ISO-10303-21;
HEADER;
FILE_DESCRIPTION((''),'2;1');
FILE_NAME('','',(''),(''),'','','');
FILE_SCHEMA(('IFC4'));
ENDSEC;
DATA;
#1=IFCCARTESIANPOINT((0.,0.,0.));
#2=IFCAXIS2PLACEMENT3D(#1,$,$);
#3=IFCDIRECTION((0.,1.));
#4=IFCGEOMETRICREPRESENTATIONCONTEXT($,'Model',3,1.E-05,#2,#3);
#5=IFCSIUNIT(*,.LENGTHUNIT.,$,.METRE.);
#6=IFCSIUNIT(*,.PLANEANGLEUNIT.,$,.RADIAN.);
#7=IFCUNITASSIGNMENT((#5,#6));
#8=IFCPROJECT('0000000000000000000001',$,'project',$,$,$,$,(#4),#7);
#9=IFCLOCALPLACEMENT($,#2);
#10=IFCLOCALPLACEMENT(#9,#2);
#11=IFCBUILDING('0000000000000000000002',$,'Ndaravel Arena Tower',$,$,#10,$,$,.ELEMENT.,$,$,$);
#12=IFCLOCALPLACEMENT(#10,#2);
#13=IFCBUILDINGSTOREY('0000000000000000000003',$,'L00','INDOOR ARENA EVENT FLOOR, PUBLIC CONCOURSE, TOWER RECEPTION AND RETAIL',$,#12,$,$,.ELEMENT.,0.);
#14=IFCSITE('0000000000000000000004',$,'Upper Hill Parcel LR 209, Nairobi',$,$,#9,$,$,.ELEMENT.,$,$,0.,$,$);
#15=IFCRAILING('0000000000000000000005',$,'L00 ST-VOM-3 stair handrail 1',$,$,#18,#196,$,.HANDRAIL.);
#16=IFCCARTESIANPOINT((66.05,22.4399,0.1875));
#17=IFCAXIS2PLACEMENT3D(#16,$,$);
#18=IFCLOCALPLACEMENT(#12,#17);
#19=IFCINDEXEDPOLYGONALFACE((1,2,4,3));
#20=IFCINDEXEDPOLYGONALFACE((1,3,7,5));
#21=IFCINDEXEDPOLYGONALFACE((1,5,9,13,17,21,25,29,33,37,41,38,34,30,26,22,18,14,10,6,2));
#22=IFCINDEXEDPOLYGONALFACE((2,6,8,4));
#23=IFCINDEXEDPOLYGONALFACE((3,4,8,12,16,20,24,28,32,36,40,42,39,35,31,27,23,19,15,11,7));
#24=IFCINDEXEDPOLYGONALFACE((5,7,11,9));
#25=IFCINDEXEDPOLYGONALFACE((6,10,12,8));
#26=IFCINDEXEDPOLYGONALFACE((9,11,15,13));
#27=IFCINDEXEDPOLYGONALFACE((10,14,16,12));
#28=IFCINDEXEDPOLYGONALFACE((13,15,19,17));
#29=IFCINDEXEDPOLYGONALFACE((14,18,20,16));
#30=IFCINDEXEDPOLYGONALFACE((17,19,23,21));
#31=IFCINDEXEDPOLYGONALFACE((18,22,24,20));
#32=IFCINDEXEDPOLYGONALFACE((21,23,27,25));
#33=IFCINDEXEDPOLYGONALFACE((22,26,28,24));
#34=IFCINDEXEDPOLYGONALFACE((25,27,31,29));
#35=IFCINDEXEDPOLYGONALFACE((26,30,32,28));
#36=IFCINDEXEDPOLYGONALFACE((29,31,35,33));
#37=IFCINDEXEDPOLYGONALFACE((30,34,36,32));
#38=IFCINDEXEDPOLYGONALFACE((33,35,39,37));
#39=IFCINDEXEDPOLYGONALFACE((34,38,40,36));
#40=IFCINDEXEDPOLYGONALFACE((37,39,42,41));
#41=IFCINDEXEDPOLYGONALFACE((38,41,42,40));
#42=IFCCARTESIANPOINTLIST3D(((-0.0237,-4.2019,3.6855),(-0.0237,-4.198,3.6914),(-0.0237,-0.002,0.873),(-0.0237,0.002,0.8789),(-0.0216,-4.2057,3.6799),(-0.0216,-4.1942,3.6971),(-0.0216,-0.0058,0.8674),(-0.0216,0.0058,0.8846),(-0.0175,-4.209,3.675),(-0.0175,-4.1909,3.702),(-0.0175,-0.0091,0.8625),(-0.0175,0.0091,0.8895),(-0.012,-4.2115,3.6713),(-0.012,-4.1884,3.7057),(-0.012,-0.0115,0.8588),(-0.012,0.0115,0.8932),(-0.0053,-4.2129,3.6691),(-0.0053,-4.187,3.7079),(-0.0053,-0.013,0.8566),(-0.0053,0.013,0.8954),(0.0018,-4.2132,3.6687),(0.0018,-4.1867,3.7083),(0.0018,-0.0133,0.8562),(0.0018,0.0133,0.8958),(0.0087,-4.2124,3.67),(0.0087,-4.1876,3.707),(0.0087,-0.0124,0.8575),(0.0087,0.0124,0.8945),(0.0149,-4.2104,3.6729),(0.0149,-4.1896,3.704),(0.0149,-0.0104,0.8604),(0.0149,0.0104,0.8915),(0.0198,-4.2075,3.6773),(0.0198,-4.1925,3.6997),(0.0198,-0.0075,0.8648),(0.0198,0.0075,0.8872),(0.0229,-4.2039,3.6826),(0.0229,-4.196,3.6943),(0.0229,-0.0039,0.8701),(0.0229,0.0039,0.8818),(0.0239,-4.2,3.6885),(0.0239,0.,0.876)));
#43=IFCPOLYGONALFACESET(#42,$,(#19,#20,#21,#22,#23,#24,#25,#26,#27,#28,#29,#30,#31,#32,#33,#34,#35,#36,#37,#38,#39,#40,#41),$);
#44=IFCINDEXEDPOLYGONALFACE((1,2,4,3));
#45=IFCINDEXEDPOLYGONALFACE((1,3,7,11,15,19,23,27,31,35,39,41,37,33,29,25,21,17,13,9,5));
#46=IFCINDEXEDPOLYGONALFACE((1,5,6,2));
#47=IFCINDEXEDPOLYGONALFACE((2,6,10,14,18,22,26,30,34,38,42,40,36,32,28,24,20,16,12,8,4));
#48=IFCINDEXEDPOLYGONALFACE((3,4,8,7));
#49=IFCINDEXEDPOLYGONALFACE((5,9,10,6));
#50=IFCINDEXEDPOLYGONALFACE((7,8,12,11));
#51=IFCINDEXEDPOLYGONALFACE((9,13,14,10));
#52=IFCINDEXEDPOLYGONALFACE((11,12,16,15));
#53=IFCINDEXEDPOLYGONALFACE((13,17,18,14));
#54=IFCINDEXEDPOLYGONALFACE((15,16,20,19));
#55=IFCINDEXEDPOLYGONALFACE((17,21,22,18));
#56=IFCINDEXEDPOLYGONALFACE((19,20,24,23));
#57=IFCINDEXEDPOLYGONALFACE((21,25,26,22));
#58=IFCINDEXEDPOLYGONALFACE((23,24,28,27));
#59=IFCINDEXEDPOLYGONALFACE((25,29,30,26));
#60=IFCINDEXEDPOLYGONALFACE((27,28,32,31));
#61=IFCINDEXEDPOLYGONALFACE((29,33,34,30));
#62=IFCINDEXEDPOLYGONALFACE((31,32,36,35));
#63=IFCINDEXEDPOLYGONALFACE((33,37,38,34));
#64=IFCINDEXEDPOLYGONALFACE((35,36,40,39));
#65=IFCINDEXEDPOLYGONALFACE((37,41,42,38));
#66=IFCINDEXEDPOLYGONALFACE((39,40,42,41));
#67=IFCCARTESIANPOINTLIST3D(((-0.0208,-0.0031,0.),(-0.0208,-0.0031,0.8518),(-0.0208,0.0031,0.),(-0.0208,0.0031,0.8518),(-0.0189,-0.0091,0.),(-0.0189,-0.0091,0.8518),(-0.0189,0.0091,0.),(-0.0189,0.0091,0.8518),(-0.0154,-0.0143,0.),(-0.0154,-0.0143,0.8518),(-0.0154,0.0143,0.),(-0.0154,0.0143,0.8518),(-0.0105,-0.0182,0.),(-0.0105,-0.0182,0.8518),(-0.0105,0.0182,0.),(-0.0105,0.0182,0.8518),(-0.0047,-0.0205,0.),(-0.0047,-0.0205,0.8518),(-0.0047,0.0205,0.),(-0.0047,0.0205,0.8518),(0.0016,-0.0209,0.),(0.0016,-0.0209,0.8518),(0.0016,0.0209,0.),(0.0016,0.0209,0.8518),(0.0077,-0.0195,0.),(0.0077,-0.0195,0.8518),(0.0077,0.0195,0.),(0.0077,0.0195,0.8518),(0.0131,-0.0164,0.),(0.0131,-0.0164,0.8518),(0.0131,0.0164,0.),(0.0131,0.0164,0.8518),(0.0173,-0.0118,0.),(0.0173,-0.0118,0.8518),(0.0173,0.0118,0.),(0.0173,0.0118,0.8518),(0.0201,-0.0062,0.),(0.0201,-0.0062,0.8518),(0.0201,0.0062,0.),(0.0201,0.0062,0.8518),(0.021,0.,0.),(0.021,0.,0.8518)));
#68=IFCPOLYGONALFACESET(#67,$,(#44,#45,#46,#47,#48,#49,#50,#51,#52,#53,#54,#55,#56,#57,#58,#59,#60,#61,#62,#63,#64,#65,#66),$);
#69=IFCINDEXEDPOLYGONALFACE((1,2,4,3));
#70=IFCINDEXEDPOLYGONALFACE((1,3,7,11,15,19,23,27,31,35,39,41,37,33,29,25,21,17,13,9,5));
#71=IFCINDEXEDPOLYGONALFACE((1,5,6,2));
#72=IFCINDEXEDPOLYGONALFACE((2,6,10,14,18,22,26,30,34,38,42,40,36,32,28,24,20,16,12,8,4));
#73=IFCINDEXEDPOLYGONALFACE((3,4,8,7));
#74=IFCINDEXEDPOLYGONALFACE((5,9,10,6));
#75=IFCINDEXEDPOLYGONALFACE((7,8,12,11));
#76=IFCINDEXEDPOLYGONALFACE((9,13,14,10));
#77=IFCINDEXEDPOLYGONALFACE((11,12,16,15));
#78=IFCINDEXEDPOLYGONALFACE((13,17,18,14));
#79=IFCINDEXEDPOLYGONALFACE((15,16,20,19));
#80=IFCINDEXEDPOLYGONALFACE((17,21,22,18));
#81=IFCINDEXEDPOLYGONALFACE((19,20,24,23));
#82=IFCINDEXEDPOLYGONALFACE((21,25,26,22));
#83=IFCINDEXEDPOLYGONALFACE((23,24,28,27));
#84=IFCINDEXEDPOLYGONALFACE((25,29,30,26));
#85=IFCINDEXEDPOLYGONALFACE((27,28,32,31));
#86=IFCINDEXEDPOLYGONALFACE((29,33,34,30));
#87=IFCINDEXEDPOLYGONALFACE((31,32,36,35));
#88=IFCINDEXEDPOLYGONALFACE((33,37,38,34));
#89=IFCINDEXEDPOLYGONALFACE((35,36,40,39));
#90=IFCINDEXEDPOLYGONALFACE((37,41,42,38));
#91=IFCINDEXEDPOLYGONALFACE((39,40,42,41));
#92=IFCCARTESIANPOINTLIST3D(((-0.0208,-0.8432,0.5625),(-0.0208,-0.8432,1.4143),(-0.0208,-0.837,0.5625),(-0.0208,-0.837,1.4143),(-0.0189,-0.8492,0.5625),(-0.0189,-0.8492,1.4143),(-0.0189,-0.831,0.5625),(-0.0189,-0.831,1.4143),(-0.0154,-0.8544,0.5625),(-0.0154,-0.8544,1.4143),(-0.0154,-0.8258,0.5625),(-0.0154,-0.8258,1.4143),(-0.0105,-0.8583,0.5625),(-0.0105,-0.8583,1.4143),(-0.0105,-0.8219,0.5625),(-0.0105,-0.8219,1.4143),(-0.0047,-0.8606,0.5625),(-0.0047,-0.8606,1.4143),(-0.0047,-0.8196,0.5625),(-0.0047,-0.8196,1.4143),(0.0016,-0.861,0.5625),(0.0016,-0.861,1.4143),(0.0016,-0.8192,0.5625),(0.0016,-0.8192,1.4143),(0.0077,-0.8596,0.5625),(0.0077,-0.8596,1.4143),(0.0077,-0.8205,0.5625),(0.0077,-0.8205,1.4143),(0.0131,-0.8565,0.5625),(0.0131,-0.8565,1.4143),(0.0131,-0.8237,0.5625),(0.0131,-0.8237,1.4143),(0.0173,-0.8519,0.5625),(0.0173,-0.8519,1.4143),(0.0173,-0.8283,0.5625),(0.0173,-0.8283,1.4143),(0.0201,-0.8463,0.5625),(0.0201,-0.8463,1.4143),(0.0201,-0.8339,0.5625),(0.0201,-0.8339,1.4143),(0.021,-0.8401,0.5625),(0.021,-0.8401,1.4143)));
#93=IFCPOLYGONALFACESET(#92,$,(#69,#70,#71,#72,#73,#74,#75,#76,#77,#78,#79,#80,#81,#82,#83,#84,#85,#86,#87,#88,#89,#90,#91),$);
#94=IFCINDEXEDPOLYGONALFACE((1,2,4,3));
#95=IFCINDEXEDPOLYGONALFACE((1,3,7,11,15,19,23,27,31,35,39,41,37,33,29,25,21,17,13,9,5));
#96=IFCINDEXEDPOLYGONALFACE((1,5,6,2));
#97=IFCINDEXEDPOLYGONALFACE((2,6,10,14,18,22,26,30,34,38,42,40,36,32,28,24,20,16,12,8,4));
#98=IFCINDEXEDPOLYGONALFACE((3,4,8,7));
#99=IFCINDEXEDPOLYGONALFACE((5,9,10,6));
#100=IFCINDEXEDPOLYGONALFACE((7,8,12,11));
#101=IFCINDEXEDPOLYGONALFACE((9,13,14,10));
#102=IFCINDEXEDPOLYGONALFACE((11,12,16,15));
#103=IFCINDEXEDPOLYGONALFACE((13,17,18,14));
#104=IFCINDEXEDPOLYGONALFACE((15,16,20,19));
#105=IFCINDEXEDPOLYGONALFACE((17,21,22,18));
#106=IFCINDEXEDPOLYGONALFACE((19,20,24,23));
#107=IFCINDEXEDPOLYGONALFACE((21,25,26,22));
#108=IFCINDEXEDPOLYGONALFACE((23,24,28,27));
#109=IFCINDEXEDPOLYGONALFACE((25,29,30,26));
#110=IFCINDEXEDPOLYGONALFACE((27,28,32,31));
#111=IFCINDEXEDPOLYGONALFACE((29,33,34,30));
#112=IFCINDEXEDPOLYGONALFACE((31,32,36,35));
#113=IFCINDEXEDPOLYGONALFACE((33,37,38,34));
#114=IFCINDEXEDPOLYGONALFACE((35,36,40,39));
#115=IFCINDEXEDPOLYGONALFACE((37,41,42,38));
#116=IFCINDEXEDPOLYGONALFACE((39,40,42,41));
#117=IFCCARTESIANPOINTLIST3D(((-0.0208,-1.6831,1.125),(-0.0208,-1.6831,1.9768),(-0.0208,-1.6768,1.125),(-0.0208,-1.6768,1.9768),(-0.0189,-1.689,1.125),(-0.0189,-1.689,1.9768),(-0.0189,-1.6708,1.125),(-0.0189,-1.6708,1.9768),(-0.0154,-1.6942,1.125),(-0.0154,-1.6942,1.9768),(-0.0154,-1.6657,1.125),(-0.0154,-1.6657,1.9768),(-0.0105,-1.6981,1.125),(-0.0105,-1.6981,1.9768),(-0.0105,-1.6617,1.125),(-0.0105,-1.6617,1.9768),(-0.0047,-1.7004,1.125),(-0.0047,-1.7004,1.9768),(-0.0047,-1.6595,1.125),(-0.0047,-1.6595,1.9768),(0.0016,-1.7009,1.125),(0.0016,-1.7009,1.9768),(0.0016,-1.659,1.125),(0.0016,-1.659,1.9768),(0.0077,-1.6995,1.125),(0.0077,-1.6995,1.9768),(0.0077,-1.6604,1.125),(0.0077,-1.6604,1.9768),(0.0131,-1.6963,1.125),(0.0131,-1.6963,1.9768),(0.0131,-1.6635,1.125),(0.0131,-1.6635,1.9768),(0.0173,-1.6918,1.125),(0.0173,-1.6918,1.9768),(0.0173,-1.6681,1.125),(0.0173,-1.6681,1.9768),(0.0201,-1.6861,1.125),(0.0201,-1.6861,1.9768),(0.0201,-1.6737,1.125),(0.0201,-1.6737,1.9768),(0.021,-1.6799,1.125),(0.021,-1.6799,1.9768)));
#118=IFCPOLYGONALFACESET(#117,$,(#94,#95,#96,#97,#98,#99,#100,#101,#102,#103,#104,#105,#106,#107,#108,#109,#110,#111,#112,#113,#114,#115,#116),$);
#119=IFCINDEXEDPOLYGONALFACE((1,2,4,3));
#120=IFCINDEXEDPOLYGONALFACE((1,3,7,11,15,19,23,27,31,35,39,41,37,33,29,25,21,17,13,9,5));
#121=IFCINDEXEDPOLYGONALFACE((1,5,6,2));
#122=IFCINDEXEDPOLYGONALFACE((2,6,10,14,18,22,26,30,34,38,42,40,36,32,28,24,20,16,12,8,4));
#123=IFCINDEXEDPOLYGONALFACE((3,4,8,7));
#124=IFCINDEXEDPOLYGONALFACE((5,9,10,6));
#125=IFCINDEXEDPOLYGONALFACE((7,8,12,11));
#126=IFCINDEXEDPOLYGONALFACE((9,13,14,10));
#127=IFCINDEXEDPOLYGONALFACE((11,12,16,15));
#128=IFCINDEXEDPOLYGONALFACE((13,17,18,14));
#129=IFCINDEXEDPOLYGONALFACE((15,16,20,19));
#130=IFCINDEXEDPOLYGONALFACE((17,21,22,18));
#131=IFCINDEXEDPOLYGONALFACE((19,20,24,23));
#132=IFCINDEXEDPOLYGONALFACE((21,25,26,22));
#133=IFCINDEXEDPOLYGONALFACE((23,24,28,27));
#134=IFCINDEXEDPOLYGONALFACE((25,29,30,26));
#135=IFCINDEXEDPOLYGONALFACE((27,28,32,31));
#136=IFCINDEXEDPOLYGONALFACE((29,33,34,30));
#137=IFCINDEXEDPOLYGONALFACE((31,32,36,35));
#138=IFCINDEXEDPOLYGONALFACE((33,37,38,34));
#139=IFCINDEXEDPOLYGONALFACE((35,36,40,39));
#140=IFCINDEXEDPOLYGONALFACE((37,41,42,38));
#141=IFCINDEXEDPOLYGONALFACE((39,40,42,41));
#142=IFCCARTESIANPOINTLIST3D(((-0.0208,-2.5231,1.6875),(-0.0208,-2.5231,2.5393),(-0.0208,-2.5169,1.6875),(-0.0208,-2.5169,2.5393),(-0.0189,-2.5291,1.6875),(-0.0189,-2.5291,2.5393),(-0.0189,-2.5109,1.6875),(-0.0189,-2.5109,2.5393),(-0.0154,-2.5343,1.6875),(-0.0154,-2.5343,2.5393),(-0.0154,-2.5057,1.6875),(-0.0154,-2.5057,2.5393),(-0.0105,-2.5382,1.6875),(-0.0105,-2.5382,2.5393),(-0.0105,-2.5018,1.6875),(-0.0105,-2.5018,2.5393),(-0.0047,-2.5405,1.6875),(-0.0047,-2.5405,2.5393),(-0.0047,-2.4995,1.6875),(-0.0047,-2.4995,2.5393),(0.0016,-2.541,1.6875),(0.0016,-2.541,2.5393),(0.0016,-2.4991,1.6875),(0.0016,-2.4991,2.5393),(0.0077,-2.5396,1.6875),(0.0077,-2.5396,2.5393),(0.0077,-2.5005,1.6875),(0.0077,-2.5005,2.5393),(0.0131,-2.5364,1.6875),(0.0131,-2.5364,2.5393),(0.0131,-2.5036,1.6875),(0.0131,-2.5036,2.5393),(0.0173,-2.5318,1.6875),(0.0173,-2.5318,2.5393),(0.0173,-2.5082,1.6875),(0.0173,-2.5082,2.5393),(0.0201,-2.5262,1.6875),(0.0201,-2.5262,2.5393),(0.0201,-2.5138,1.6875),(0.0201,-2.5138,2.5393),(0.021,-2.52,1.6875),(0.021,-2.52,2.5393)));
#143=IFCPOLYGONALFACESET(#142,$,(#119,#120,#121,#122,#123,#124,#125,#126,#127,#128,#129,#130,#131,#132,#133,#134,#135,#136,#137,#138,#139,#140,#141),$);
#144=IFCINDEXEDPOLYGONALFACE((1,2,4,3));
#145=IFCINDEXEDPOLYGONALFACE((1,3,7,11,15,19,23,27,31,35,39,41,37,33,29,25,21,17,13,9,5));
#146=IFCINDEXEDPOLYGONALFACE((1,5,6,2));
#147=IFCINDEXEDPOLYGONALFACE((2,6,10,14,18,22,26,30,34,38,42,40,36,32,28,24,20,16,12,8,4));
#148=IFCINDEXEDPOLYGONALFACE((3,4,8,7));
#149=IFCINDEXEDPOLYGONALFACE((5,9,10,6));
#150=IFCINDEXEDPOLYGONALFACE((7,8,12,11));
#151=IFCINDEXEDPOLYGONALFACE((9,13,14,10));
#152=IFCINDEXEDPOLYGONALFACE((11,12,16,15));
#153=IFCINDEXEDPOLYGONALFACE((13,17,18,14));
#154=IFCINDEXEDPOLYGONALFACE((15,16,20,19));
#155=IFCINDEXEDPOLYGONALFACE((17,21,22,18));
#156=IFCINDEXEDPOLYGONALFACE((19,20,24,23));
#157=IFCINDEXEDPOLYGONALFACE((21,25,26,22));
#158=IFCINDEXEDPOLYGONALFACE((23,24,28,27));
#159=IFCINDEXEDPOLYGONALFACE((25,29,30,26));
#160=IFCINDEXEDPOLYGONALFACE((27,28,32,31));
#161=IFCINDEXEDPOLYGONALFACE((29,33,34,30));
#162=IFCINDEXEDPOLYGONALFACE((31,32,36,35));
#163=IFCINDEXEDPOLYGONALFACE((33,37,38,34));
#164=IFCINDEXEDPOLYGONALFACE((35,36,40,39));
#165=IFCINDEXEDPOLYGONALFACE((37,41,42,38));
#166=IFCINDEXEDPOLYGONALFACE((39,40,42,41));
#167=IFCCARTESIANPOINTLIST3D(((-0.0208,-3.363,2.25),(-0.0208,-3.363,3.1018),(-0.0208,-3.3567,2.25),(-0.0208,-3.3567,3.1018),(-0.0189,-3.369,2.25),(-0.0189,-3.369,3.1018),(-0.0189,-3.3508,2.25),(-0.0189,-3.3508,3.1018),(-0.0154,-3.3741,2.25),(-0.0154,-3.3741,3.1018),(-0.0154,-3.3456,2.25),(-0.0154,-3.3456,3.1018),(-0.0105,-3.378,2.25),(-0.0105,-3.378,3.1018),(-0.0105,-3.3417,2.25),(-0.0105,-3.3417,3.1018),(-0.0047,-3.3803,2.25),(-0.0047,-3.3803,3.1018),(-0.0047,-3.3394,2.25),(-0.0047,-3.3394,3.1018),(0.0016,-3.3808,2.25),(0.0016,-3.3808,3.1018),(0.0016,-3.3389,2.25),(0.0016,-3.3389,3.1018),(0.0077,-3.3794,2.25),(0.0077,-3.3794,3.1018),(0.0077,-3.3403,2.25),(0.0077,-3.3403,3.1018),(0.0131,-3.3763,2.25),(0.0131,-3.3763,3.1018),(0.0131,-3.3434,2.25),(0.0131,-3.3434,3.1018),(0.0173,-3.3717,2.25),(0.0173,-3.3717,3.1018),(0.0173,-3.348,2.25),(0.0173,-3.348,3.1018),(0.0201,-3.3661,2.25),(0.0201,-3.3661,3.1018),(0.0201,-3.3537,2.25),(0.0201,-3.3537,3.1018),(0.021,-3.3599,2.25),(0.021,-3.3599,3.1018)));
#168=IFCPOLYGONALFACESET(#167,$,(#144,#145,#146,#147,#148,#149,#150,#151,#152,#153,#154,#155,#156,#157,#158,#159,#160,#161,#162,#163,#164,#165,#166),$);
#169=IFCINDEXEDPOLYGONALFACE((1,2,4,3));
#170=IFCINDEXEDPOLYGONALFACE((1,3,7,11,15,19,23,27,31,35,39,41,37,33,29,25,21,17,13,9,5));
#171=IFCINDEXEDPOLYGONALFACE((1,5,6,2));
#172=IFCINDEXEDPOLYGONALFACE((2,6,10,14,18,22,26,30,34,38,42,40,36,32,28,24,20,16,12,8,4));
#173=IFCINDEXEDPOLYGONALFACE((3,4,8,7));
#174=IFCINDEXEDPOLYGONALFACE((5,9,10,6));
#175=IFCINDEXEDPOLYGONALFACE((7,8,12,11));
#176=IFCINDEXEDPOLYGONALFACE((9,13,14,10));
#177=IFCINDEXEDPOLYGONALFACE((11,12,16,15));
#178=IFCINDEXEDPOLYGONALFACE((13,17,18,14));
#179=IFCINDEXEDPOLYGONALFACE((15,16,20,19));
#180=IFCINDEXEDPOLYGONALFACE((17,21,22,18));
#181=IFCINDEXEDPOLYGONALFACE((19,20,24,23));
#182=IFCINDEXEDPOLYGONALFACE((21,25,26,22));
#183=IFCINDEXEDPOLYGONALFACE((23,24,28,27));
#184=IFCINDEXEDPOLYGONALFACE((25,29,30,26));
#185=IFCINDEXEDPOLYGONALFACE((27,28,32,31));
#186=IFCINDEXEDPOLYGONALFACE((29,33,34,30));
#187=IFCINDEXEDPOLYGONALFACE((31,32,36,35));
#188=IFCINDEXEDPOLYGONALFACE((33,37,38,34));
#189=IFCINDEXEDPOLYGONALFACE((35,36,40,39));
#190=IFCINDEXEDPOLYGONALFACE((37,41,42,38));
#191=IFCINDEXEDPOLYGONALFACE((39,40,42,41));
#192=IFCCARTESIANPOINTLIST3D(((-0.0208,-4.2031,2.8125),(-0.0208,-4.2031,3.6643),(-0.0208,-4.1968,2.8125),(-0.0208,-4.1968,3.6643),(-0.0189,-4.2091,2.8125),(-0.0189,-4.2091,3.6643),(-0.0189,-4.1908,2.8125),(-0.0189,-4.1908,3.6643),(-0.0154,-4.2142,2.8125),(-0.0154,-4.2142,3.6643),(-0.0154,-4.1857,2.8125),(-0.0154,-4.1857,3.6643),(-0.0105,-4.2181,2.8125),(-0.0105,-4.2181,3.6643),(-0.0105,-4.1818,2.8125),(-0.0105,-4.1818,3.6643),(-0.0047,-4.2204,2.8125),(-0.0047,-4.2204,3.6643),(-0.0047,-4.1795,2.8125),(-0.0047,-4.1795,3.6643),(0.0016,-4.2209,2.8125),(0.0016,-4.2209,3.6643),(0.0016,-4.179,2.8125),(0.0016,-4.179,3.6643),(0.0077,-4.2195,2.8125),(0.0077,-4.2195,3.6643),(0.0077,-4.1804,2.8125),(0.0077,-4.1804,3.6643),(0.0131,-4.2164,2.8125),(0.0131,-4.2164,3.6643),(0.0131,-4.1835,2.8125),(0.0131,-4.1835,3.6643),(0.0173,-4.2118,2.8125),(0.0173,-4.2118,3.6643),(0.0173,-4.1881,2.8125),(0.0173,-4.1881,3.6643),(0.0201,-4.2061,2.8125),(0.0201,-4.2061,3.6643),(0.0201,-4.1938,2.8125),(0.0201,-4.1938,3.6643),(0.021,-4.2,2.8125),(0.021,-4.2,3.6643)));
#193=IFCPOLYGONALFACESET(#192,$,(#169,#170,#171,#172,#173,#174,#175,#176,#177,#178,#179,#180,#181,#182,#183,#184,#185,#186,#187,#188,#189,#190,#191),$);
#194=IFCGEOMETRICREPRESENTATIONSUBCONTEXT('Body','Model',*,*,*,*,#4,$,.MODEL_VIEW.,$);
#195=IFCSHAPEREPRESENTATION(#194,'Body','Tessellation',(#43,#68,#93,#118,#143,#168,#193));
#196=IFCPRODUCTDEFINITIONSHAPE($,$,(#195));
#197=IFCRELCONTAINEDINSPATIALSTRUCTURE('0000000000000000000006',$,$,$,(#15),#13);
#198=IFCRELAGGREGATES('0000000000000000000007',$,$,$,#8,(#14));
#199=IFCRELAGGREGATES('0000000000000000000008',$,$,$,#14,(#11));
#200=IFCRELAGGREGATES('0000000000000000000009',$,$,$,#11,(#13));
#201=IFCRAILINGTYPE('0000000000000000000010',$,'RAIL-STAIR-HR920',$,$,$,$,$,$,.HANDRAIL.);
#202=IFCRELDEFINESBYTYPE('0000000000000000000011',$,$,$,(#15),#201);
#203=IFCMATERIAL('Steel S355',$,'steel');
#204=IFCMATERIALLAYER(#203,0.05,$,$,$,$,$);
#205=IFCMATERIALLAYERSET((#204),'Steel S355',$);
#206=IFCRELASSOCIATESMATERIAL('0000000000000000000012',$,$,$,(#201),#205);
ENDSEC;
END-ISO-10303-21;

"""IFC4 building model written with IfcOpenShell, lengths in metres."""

from ifc_helpers import new_model, si_unit, direction, frame, origin, origin_2d, place, context, subcontext, project, spatial, circle, extrude, material, layer, layer_set, type_object, element, save


model = new_model("IFC4")

# Units and contexts
model_context = context("Model", 3, precision=1e-05, world=origin(), true_north=direction((0.0, 1.0)))
body_context = subcontext(model_context, "Body", "Model", "MODEL_VIEW")
ifc_project = project(units=[si_unit("LENGTHUNIT", "METRE"), si_unit("PLANEANGLEUNIT", "RADIAN")], contexts=[model_context])

# Site, building, storey
site_placement = place(None, origin())
site = spatial("IfcSite", under=ifc_project, at=site_placement, Name="Upper Hill Parcel LR 209, Nairobi", CompositionType="ELEMENT", RefElevation=0.0)
building_placement = place(site_placement, origin())
building = spatial("IfcBuilding", under=site, at=building_placement, Name="Ndaravel Arena Tower", CompositionType="ELEMENT")
storey_placement = place(building_placement, origin())
storey = spatial("IfcBuildingStorey", under=building, at=storey_placement, Name="L00", Description="INDOOR ARENA EVENT FLOOR, PUBLIC CONCOURSE, TOWER RECEPTION AND RETAIL", CompositionType="ELEMENT", Elevation=0.0)

# Railing
ifc_material_1 = material(Name="Steel S355", Category="steel")
ifc_layer_1 = layer(ifc_material_1, 0.05)
ifc_layer_set_1 = layer_set([ifc_layer_1], Name="Steel S355")
railing_type_1 = type_object("IfcRailingType", Name="RAIL-STAIR-HR920", PredefinedType="HANDRAIL", material=ifc_layer_set_1)
railing_1_placement = place(storey_placement, frame((66.05, 22.4399, 0.1875)))
element("IfcRailing", 1, at=railing_1_placement, inside=storey, type_object=railing_type_1, Name="L00 ST-VOM-3 stair handrail 1", PredefinedType="HANDRAIL", context=body_context, shape_type="SweptSolid", body=[
    extrude(circle(Radius=0.0239, at=origin_2d()), frame((0.0, 0.0, 0.876), z_axis=(0.0, -0.830904, 0.556416), x_axis=(1.0, 0.0, 0.0)), (0.0, 0.0, 1.0), 5.0547),
    extrude(circle(Radius=0.021, at=origin_2d()), origin(), (0.0, 0.0, 1.0), 0.8518),
    extrude(circle(Radius=0.021, at=origin_2d()), frame((0.0, -0.8401, 0.5625)), (0.0, 0.0, 1.0), 0.8518),
    extrude(circle(Radius=0.021, at=origin_2d()), frame((0.0, -1.6799, 1.125)), (0.0, 0.0, 1.0), 0.8518),
    extrude(circle(Radius=0.021, at=origin_2d()), frame((0.0, -2.52, 1.6875)), (0.0, 0.0, 1.0), 0.8518),
    extrude(circle(Radius=0.021, at=origin_2d()), frame((0.0, -3.3599, 2.25)), (0.0, 0.0, 1.0), 0.8518),
    extrude(circle(Radius=0.021, at=origin_2d()), frame((0.0, -4.2, 2.8125)), (0.0, 0.0, 1.0), 0.8518),
])

save(model, "model.ifc")
